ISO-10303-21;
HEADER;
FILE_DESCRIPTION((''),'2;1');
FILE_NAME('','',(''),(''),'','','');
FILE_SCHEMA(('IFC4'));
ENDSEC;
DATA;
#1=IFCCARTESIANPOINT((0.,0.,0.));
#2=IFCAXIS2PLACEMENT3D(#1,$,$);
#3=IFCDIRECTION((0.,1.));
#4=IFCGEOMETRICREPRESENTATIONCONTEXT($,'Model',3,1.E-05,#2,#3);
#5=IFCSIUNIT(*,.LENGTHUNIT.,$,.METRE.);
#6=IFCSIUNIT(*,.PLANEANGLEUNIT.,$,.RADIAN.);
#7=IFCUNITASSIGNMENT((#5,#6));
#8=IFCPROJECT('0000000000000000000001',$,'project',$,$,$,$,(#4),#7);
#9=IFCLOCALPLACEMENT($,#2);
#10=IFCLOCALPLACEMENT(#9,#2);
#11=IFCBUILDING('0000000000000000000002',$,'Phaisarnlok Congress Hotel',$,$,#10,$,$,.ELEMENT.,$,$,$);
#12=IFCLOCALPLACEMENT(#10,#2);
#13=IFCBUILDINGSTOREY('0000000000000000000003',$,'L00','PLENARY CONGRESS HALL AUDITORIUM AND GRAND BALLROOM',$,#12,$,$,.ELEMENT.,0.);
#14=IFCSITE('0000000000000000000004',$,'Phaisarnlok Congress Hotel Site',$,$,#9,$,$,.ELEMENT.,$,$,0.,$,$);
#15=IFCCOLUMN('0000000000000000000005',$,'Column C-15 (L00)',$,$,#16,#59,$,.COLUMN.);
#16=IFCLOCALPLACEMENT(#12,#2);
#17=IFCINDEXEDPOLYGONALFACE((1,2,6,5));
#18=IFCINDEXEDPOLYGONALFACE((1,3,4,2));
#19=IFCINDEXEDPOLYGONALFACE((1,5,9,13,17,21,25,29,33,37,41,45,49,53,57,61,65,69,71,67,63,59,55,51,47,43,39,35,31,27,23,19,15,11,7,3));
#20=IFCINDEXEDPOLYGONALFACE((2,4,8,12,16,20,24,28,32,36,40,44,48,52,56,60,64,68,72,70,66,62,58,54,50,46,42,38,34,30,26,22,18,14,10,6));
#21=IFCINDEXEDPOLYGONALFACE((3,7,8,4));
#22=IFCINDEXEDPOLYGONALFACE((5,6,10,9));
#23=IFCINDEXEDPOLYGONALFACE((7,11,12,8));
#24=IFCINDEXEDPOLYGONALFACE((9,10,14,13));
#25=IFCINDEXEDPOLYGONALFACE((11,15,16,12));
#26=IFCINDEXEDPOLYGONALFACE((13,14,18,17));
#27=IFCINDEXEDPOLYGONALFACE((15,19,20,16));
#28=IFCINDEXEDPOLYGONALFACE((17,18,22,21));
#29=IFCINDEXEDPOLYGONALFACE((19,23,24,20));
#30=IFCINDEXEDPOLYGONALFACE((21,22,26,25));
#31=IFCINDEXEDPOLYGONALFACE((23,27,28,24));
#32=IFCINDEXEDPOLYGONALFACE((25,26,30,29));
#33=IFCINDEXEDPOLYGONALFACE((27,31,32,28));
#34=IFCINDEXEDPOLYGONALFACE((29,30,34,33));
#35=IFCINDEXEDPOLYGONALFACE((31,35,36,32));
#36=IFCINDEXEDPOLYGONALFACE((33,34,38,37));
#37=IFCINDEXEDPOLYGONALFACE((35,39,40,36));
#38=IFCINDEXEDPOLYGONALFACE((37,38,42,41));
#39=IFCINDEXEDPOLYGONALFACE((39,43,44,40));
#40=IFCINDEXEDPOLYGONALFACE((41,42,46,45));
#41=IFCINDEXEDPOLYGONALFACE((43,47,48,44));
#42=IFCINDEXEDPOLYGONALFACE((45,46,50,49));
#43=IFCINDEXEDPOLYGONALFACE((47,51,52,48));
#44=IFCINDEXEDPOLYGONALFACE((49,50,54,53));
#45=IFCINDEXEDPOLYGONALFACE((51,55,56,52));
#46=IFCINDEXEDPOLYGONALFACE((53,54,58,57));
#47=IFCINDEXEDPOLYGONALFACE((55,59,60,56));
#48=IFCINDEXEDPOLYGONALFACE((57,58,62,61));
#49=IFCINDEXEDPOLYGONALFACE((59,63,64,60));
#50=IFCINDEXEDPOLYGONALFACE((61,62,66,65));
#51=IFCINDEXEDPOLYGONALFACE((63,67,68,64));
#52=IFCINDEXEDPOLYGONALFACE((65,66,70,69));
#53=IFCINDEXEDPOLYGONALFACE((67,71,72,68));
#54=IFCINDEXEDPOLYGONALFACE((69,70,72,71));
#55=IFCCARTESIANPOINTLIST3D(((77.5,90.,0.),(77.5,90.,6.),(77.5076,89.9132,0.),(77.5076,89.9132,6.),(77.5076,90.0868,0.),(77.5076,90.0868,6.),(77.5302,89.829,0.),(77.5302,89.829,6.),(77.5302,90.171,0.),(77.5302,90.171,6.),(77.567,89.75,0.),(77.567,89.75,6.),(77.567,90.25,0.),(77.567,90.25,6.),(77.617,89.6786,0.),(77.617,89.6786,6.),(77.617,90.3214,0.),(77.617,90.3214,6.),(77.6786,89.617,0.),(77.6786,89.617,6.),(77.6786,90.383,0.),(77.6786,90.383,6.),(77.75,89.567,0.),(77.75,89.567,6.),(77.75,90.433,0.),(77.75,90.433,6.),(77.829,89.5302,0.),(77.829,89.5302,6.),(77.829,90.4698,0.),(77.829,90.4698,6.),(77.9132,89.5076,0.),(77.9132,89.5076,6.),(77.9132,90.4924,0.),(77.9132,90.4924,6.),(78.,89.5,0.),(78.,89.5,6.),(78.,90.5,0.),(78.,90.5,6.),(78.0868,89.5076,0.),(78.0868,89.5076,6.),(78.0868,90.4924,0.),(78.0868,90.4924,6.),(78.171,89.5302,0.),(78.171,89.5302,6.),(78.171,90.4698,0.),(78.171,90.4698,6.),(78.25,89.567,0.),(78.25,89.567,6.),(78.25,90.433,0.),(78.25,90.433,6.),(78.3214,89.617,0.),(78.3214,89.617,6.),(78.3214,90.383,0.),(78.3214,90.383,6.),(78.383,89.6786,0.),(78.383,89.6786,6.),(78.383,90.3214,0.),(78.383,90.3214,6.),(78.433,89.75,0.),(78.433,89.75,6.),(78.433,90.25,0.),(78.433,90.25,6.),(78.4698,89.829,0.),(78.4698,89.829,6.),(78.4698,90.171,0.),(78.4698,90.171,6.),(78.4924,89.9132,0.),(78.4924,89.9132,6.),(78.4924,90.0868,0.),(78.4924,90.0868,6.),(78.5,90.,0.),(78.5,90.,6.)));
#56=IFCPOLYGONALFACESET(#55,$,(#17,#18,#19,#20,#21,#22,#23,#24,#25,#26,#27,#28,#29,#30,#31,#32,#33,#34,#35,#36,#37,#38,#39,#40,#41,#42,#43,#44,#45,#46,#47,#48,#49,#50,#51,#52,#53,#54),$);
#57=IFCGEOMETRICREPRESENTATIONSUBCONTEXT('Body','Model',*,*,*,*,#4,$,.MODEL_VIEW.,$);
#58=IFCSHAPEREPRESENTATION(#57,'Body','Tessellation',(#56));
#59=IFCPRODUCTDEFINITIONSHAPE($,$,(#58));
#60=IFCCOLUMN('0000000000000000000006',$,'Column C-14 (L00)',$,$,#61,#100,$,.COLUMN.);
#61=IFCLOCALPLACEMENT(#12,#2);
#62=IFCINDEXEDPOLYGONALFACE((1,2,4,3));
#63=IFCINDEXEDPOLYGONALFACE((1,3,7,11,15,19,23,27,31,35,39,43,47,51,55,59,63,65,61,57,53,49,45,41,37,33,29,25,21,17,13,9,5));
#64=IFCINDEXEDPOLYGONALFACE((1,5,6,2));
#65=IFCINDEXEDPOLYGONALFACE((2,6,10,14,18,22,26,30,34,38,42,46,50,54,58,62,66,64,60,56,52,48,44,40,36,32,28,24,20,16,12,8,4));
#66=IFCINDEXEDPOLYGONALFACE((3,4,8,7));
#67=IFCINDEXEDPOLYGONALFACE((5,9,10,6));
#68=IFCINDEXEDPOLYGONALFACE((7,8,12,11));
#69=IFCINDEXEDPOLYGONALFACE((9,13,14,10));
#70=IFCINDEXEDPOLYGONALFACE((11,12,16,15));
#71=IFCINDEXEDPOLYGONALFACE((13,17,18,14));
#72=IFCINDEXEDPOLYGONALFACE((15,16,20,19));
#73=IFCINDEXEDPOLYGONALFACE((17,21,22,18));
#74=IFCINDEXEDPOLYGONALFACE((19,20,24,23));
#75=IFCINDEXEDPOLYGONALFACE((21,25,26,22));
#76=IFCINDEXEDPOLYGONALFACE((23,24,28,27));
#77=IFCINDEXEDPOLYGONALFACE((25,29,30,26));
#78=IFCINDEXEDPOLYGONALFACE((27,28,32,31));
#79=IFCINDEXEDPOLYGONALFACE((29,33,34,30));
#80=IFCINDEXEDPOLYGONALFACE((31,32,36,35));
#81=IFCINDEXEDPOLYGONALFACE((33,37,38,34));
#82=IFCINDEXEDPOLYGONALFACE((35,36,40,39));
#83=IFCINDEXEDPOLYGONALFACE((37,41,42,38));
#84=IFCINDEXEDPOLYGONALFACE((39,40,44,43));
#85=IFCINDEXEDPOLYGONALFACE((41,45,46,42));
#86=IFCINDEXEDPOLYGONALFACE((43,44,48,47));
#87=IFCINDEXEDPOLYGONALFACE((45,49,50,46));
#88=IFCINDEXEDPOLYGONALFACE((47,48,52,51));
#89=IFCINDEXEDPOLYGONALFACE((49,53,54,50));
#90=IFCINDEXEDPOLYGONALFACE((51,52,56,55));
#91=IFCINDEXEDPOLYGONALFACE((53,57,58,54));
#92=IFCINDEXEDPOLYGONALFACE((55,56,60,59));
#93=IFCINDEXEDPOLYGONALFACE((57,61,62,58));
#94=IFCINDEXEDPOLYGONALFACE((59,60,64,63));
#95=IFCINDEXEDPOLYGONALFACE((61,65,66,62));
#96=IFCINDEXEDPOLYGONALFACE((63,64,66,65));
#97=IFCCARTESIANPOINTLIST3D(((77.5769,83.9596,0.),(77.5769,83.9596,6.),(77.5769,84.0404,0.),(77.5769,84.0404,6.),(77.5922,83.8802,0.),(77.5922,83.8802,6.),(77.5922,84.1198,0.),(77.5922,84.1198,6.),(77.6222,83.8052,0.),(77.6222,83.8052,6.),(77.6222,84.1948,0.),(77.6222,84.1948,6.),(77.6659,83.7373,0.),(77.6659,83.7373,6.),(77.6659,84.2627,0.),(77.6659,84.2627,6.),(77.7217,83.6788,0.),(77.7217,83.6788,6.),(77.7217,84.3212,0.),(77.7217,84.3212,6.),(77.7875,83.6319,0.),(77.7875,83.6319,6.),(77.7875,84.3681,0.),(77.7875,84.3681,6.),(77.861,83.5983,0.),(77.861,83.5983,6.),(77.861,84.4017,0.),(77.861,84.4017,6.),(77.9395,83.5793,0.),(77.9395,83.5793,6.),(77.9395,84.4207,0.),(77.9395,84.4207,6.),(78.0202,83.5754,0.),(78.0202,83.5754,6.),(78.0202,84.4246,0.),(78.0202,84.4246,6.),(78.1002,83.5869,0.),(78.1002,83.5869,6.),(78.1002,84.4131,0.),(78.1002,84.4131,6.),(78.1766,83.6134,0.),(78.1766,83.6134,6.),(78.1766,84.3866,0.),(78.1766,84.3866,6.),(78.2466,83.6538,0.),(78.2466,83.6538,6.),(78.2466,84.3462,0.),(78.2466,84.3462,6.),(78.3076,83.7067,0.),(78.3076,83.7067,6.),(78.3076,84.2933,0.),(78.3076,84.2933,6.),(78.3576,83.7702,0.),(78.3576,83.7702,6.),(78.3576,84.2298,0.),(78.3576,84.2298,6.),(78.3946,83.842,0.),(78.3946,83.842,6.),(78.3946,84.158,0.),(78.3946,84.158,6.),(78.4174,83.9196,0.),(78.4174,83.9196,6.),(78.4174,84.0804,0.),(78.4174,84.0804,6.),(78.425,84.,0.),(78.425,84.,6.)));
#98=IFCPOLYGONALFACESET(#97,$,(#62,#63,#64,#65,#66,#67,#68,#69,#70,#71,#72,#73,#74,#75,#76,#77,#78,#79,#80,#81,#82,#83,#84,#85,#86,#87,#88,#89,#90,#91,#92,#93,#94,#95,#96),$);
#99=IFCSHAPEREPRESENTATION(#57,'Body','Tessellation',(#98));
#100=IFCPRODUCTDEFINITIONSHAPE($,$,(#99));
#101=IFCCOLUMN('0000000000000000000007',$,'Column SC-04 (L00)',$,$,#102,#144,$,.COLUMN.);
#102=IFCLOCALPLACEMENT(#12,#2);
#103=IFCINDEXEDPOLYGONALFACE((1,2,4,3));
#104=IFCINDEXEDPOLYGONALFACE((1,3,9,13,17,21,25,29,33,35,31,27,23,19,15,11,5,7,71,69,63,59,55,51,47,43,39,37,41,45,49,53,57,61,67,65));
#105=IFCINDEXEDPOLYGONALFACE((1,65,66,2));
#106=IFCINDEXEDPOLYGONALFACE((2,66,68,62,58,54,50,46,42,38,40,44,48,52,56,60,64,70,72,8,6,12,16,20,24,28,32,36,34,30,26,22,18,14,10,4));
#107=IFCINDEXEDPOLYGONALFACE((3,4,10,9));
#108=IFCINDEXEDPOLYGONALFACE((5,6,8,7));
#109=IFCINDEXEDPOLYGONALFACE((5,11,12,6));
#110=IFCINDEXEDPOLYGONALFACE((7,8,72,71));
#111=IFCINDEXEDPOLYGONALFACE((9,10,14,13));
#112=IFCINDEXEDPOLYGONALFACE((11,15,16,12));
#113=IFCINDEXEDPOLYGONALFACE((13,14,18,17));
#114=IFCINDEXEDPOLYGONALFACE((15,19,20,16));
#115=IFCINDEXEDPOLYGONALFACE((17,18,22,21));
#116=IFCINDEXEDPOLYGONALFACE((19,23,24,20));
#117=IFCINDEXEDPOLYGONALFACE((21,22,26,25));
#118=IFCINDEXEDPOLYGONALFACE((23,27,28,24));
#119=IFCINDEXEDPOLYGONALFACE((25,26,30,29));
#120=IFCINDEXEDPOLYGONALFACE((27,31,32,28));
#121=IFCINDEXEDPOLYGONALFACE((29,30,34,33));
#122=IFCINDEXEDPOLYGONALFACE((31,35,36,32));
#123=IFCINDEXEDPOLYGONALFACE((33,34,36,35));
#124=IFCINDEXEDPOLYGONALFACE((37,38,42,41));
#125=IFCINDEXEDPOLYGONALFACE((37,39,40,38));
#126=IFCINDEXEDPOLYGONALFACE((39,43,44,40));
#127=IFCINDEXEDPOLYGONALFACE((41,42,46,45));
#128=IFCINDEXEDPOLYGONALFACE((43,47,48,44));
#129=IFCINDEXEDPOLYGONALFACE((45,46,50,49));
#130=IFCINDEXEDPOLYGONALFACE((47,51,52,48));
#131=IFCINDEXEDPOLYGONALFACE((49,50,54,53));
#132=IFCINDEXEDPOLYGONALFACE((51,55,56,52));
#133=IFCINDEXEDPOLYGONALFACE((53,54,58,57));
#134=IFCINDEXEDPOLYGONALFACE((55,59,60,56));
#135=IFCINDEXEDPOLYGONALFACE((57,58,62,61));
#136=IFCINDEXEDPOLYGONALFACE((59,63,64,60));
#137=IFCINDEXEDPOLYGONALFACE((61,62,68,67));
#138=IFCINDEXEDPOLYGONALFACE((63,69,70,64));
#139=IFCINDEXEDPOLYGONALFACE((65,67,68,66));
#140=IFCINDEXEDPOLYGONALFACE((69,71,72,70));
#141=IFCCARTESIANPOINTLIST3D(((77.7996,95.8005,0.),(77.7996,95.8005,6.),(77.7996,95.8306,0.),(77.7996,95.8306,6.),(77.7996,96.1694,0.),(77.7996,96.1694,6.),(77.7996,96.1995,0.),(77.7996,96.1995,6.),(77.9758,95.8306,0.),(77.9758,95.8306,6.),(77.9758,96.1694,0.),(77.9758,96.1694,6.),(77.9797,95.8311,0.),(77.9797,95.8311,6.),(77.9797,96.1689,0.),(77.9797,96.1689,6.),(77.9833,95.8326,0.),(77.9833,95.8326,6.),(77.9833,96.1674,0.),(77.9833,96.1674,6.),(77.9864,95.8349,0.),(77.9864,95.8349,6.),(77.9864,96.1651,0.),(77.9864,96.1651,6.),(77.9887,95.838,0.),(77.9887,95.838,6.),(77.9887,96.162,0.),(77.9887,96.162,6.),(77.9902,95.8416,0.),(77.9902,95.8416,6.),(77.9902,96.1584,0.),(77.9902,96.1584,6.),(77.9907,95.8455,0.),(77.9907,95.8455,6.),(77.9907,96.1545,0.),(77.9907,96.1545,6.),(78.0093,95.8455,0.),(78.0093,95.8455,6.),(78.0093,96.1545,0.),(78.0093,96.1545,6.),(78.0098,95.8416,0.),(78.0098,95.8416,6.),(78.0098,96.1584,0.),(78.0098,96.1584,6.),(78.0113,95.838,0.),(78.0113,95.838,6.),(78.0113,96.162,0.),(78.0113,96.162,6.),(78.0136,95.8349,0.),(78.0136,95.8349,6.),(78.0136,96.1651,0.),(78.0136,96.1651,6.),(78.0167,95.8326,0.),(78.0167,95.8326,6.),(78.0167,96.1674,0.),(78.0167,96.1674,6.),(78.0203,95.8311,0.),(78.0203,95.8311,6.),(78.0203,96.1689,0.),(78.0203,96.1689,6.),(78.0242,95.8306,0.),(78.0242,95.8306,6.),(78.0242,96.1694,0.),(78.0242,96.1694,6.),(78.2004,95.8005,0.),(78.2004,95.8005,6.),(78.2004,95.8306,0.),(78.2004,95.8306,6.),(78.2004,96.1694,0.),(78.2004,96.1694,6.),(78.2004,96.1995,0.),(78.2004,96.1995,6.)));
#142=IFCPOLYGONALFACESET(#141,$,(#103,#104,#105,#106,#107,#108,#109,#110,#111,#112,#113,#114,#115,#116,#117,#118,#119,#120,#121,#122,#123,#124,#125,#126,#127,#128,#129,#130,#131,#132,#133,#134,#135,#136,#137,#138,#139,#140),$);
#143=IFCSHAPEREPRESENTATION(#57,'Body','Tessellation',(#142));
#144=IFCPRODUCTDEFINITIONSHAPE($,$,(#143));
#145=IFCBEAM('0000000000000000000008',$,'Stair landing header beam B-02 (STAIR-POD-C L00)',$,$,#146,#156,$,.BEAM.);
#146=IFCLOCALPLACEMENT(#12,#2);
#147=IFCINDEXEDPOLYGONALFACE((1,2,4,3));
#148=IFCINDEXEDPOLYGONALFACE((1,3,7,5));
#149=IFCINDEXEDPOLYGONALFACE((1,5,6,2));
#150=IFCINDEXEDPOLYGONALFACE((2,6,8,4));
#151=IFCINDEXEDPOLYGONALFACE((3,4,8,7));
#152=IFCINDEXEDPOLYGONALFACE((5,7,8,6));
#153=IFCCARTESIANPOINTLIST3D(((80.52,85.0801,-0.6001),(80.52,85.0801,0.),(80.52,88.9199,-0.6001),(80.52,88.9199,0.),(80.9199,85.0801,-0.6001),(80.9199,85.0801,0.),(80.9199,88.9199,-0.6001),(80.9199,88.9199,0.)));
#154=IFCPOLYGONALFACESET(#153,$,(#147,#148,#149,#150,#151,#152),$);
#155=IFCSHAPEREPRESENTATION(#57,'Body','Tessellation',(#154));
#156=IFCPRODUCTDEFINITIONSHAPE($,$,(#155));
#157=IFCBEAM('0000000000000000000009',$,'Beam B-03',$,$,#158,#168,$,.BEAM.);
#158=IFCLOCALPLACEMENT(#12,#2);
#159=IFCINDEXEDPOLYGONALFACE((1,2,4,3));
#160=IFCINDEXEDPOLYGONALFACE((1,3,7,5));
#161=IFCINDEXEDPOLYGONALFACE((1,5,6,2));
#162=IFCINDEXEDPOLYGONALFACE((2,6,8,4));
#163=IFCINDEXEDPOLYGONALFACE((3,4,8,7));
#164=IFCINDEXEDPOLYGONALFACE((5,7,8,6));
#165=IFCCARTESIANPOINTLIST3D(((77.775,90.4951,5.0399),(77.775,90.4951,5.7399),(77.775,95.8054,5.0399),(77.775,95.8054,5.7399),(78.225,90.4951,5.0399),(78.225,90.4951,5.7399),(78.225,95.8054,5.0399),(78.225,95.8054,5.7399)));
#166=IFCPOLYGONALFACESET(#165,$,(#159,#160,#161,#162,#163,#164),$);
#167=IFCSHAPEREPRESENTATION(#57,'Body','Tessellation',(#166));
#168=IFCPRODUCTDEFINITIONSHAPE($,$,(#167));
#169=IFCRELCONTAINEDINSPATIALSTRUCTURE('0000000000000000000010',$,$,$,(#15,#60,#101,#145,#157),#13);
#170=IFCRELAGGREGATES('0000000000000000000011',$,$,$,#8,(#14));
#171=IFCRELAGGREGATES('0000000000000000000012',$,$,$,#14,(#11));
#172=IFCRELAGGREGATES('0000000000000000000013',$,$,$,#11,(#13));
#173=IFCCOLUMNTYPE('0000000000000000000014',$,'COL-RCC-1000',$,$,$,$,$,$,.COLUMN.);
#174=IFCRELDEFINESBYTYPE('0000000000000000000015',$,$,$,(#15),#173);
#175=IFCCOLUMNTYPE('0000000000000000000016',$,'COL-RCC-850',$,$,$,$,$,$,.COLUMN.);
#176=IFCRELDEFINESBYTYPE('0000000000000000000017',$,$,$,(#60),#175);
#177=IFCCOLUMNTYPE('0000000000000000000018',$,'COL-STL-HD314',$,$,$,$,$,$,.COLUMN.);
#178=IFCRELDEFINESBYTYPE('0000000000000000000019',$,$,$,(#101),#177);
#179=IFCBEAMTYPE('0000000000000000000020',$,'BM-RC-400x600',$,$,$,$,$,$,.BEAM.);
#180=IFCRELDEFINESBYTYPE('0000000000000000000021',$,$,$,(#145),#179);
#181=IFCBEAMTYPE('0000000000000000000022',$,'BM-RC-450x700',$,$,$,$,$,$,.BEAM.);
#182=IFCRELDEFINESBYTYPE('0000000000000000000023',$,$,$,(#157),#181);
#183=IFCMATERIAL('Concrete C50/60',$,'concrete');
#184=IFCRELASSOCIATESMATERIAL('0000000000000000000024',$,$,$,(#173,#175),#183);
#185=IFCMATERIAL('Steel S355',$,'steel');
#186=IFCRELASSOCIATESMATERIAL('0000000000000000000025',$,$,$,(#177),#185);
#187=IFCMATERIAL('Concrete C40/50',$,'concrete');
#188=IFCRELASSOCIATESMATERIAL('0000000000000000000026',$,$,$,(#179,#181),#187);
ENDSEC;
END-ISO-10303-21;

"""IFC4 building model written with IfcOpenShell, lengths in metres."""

from ifc_helpers import new_model, si_unit, direction, frame, origin, origin_2d, place, context, subcontext, project, spatial, rectangle, circle, i_section, extrude, material, material_profile, profile_set, type_object, element, save


model = new_model("IFC4")

# Units and contexts
model_context = context("Model", 3, precision=1e-05, world=origin(), true_north=direction((0.0, 1.0)))
body_context = subcontext(model_context, "Body", "Model", "MODEL_VIEW")
ifc_project = project(units=[si_unit("LENGTHUNIT", "METRE"), si_unit("PLANEANGLEUNIT", "RADIAN")], contexts=[model_context])

# Site, building, storey
site_placement = place(None, origin())
site = spatial("IfcSite", under=ifc_project, at=site_placement, Name="Phaisarnlok Congress Hotel Site", CompositionType="ELEMENT", RefElevation=0.0)
building_placement = place(site_placement, origin())
building = spatial("IfcBuilding", under=site, at=building_placement, Name="Phaisarnlok Congress Hotel", CompositionType="ELEMENT")
storey_placement = place(building_placement, origin())
storey = spatial("IfcBuildingStorey", under=building, at=storey_placement, Name="L00", Description="PLENARY CONGRESS HALL AUDITORIUM AND GRAND BALLROOM", CompositionType="ELEMENT", Elevation=0.0)

# Columns
ifc_material_1 = material(Name="Concrete C50/60", Category="concrete")
ifc_material_profile_1 = material_profile(ifc_material_1, circle(Radius=0.5, at=origin_2d()), Name="RCC D1000")
ifc_profile_set_1 = profile_set([ifc_material_profile_1], Name="Concrete C50/60")
column_type_1 = type_object("IfcColumnType", Name="COL-RCC-1000", PredefinedType="COLUMN", material=ifc_profile_set_1)
column_1_placement = place(storey_placement, frame((78.0, 90.0, 0.0), z_axis=(0.0, 0.0, 1.0), x_axis=(1.0, 0.0, 0.0)))
element("IfcColumn", 1, at=column_1_placement, inside=storey, type_object=column_type_1, Name="Column C-15 (L00)", PredefinedType="COLUMN", context=body_context, shape_type="SweptSolid", body=[
    extrude(circle(Radius=0.5, at=origin_2d()), origin(), (0.0, 0.0, 1.0), 6.0),
])
ifc_material_profile_2 = material_profile(ifc_material_1, circle(Radius=0.425, at=origin_2d()), Name="RCC D850")
ifc_profile_set_2 = profile_set([ifc_material_profile_2], Name="Concrete C50/60")
column_type_2 = type_object("IfcColumnType", Name="COL-RCC-850", PredefinedType="COLUMN", material=ifc_profile_set_2)
column_2_placement = place(storey_placement, frame((78.0, 84.0, 0.0), z_axis=(0.0, 0.0, 1.0), x_axis=(1.0, 0.0, 0.0)))
element("IfcColumn", 2, at=column_2_placement, inside=storey, type_object=column_type_2, Name="Column C-14 (L00)", PredefinedType="COLUMN", context=body_context, shape_type="SweptSolid", body=[
    extrude(circle(Radius=0.425, at=origin_2d()), origin(), (0.0, 0.0, 1.0), 6.0),
])
ifc_material_2 = material(Name="Steel S355", Category="steel")
ifc_material_profile_3 = material_profile(ifc_material_2, i_section(OverallWidth=0.4009, OverallDepth=0.3989, WebThickness=0.0186, FlangeThickness=0.03, FilletRadius=0.0149, at=origin_2d()), Name="HD 400x314")
ifc_profile_set_3 = profile_set([ifc_material_profile_3], Name="Steel S355")
column_type_3 = type_object("IfcColumnType", Name="COL-STL-HD314", PredefinedType="COLUMN", material=ifc_profile_set_3)
column_3_placement = place(storey_placement, frame((78.0, 96.0, 0.0), z_axis=(0.0, 0.0, 1.0), x_axis=(1.0, 0.0, 0.0)))
element("IfcColumn", 3, at=column_3_placement, inside=storey, type_object=column_type_3, Name="Column SC-04 (L00)", PredefinedType="COLUMN", context=body_context, shape_type="SweptSolid", body=[
    extrude(i_section(OverallWidth=0.4009, OverallDepth=0.3989, WebThickness=0.0186, FlangeThickness=0.03, FilletRadius=0.0149, at=origin_2d()), origin(), (0.0, 0.0, 1.0), 6.0),
])

# Beams
ifc_material_3 = material(Name="Concrete C40/50", Category="concrete")
ifc_material_profile_4 = material_profile(ifc_material_3, rectangle(XDim=0.3999, YDim=0.6001, at=origin_2d()), Name="RC 400x600")
ifc_profile_set_4 = profile_set([ifc_material_profile_4], Name="Concrete C40/50")
beam_type_1 = type_object("IfcBeamType", Name="BM-RC-400x600", PredefinedType="BEAM", material=ifc_profile_set_4)
beam_1_placement = place(storey_placement, frame((80.72, 85.0801, -0.3), z_axis=(0.0, 1.0, 0.0), x_axis=(-1.0, 0.0, 0.0)))
element("IfcBeam", 4, at=beam_1_placement, inside=storey, type_object=beam_type_1, Name="Stair landing header beam B-02 (STAIR-POD-C L00)", PredefinedType="BEAM", context=body_context, shape_type="SweptSolid", body=[
    extrude(rectangle(XDim=0.3999, YDim=0.6001, at=origin_2d()), origin(), (0.0, 0.0, 1.0), 3.8398),
])
ifc_material_profile_5 = material_profile(ifc_material_3, rectangle(XDim=0.45, YDim=0.7, at=origin_2d()), Name="RC 450x700")
ifc_profile_set_5 = profile_set([ifc_material_profile_5], Name="Concrete C40/50")
beam_type_2 = type_object("IfcBeamType", Name="BM-RC-450x700", PredefinedType="BEAM", material=ifc_profile_set_5)
beam_2_placement = place(storey_placement, frame((78.0, 90.4951, 5.3899), z_axis=(0.0, 1.0, 0.0), x_axis=(-1.0, 0.0, 0.0)))
element("IfcBeam", 5, at=beam_2_placement, inside=storey, type_object=beam_type_2, Name="Beam B-03", PredefinedType="BEAM", context=body_context, shape_type="SweptSolid", body=[
    extrude(rectangle(XDim=0.45, YDim=0.7, at=origin_2d()), origin(), (0.0, 0.0, 1.0), 5.3103),
])

save(model, "model.ifc")
